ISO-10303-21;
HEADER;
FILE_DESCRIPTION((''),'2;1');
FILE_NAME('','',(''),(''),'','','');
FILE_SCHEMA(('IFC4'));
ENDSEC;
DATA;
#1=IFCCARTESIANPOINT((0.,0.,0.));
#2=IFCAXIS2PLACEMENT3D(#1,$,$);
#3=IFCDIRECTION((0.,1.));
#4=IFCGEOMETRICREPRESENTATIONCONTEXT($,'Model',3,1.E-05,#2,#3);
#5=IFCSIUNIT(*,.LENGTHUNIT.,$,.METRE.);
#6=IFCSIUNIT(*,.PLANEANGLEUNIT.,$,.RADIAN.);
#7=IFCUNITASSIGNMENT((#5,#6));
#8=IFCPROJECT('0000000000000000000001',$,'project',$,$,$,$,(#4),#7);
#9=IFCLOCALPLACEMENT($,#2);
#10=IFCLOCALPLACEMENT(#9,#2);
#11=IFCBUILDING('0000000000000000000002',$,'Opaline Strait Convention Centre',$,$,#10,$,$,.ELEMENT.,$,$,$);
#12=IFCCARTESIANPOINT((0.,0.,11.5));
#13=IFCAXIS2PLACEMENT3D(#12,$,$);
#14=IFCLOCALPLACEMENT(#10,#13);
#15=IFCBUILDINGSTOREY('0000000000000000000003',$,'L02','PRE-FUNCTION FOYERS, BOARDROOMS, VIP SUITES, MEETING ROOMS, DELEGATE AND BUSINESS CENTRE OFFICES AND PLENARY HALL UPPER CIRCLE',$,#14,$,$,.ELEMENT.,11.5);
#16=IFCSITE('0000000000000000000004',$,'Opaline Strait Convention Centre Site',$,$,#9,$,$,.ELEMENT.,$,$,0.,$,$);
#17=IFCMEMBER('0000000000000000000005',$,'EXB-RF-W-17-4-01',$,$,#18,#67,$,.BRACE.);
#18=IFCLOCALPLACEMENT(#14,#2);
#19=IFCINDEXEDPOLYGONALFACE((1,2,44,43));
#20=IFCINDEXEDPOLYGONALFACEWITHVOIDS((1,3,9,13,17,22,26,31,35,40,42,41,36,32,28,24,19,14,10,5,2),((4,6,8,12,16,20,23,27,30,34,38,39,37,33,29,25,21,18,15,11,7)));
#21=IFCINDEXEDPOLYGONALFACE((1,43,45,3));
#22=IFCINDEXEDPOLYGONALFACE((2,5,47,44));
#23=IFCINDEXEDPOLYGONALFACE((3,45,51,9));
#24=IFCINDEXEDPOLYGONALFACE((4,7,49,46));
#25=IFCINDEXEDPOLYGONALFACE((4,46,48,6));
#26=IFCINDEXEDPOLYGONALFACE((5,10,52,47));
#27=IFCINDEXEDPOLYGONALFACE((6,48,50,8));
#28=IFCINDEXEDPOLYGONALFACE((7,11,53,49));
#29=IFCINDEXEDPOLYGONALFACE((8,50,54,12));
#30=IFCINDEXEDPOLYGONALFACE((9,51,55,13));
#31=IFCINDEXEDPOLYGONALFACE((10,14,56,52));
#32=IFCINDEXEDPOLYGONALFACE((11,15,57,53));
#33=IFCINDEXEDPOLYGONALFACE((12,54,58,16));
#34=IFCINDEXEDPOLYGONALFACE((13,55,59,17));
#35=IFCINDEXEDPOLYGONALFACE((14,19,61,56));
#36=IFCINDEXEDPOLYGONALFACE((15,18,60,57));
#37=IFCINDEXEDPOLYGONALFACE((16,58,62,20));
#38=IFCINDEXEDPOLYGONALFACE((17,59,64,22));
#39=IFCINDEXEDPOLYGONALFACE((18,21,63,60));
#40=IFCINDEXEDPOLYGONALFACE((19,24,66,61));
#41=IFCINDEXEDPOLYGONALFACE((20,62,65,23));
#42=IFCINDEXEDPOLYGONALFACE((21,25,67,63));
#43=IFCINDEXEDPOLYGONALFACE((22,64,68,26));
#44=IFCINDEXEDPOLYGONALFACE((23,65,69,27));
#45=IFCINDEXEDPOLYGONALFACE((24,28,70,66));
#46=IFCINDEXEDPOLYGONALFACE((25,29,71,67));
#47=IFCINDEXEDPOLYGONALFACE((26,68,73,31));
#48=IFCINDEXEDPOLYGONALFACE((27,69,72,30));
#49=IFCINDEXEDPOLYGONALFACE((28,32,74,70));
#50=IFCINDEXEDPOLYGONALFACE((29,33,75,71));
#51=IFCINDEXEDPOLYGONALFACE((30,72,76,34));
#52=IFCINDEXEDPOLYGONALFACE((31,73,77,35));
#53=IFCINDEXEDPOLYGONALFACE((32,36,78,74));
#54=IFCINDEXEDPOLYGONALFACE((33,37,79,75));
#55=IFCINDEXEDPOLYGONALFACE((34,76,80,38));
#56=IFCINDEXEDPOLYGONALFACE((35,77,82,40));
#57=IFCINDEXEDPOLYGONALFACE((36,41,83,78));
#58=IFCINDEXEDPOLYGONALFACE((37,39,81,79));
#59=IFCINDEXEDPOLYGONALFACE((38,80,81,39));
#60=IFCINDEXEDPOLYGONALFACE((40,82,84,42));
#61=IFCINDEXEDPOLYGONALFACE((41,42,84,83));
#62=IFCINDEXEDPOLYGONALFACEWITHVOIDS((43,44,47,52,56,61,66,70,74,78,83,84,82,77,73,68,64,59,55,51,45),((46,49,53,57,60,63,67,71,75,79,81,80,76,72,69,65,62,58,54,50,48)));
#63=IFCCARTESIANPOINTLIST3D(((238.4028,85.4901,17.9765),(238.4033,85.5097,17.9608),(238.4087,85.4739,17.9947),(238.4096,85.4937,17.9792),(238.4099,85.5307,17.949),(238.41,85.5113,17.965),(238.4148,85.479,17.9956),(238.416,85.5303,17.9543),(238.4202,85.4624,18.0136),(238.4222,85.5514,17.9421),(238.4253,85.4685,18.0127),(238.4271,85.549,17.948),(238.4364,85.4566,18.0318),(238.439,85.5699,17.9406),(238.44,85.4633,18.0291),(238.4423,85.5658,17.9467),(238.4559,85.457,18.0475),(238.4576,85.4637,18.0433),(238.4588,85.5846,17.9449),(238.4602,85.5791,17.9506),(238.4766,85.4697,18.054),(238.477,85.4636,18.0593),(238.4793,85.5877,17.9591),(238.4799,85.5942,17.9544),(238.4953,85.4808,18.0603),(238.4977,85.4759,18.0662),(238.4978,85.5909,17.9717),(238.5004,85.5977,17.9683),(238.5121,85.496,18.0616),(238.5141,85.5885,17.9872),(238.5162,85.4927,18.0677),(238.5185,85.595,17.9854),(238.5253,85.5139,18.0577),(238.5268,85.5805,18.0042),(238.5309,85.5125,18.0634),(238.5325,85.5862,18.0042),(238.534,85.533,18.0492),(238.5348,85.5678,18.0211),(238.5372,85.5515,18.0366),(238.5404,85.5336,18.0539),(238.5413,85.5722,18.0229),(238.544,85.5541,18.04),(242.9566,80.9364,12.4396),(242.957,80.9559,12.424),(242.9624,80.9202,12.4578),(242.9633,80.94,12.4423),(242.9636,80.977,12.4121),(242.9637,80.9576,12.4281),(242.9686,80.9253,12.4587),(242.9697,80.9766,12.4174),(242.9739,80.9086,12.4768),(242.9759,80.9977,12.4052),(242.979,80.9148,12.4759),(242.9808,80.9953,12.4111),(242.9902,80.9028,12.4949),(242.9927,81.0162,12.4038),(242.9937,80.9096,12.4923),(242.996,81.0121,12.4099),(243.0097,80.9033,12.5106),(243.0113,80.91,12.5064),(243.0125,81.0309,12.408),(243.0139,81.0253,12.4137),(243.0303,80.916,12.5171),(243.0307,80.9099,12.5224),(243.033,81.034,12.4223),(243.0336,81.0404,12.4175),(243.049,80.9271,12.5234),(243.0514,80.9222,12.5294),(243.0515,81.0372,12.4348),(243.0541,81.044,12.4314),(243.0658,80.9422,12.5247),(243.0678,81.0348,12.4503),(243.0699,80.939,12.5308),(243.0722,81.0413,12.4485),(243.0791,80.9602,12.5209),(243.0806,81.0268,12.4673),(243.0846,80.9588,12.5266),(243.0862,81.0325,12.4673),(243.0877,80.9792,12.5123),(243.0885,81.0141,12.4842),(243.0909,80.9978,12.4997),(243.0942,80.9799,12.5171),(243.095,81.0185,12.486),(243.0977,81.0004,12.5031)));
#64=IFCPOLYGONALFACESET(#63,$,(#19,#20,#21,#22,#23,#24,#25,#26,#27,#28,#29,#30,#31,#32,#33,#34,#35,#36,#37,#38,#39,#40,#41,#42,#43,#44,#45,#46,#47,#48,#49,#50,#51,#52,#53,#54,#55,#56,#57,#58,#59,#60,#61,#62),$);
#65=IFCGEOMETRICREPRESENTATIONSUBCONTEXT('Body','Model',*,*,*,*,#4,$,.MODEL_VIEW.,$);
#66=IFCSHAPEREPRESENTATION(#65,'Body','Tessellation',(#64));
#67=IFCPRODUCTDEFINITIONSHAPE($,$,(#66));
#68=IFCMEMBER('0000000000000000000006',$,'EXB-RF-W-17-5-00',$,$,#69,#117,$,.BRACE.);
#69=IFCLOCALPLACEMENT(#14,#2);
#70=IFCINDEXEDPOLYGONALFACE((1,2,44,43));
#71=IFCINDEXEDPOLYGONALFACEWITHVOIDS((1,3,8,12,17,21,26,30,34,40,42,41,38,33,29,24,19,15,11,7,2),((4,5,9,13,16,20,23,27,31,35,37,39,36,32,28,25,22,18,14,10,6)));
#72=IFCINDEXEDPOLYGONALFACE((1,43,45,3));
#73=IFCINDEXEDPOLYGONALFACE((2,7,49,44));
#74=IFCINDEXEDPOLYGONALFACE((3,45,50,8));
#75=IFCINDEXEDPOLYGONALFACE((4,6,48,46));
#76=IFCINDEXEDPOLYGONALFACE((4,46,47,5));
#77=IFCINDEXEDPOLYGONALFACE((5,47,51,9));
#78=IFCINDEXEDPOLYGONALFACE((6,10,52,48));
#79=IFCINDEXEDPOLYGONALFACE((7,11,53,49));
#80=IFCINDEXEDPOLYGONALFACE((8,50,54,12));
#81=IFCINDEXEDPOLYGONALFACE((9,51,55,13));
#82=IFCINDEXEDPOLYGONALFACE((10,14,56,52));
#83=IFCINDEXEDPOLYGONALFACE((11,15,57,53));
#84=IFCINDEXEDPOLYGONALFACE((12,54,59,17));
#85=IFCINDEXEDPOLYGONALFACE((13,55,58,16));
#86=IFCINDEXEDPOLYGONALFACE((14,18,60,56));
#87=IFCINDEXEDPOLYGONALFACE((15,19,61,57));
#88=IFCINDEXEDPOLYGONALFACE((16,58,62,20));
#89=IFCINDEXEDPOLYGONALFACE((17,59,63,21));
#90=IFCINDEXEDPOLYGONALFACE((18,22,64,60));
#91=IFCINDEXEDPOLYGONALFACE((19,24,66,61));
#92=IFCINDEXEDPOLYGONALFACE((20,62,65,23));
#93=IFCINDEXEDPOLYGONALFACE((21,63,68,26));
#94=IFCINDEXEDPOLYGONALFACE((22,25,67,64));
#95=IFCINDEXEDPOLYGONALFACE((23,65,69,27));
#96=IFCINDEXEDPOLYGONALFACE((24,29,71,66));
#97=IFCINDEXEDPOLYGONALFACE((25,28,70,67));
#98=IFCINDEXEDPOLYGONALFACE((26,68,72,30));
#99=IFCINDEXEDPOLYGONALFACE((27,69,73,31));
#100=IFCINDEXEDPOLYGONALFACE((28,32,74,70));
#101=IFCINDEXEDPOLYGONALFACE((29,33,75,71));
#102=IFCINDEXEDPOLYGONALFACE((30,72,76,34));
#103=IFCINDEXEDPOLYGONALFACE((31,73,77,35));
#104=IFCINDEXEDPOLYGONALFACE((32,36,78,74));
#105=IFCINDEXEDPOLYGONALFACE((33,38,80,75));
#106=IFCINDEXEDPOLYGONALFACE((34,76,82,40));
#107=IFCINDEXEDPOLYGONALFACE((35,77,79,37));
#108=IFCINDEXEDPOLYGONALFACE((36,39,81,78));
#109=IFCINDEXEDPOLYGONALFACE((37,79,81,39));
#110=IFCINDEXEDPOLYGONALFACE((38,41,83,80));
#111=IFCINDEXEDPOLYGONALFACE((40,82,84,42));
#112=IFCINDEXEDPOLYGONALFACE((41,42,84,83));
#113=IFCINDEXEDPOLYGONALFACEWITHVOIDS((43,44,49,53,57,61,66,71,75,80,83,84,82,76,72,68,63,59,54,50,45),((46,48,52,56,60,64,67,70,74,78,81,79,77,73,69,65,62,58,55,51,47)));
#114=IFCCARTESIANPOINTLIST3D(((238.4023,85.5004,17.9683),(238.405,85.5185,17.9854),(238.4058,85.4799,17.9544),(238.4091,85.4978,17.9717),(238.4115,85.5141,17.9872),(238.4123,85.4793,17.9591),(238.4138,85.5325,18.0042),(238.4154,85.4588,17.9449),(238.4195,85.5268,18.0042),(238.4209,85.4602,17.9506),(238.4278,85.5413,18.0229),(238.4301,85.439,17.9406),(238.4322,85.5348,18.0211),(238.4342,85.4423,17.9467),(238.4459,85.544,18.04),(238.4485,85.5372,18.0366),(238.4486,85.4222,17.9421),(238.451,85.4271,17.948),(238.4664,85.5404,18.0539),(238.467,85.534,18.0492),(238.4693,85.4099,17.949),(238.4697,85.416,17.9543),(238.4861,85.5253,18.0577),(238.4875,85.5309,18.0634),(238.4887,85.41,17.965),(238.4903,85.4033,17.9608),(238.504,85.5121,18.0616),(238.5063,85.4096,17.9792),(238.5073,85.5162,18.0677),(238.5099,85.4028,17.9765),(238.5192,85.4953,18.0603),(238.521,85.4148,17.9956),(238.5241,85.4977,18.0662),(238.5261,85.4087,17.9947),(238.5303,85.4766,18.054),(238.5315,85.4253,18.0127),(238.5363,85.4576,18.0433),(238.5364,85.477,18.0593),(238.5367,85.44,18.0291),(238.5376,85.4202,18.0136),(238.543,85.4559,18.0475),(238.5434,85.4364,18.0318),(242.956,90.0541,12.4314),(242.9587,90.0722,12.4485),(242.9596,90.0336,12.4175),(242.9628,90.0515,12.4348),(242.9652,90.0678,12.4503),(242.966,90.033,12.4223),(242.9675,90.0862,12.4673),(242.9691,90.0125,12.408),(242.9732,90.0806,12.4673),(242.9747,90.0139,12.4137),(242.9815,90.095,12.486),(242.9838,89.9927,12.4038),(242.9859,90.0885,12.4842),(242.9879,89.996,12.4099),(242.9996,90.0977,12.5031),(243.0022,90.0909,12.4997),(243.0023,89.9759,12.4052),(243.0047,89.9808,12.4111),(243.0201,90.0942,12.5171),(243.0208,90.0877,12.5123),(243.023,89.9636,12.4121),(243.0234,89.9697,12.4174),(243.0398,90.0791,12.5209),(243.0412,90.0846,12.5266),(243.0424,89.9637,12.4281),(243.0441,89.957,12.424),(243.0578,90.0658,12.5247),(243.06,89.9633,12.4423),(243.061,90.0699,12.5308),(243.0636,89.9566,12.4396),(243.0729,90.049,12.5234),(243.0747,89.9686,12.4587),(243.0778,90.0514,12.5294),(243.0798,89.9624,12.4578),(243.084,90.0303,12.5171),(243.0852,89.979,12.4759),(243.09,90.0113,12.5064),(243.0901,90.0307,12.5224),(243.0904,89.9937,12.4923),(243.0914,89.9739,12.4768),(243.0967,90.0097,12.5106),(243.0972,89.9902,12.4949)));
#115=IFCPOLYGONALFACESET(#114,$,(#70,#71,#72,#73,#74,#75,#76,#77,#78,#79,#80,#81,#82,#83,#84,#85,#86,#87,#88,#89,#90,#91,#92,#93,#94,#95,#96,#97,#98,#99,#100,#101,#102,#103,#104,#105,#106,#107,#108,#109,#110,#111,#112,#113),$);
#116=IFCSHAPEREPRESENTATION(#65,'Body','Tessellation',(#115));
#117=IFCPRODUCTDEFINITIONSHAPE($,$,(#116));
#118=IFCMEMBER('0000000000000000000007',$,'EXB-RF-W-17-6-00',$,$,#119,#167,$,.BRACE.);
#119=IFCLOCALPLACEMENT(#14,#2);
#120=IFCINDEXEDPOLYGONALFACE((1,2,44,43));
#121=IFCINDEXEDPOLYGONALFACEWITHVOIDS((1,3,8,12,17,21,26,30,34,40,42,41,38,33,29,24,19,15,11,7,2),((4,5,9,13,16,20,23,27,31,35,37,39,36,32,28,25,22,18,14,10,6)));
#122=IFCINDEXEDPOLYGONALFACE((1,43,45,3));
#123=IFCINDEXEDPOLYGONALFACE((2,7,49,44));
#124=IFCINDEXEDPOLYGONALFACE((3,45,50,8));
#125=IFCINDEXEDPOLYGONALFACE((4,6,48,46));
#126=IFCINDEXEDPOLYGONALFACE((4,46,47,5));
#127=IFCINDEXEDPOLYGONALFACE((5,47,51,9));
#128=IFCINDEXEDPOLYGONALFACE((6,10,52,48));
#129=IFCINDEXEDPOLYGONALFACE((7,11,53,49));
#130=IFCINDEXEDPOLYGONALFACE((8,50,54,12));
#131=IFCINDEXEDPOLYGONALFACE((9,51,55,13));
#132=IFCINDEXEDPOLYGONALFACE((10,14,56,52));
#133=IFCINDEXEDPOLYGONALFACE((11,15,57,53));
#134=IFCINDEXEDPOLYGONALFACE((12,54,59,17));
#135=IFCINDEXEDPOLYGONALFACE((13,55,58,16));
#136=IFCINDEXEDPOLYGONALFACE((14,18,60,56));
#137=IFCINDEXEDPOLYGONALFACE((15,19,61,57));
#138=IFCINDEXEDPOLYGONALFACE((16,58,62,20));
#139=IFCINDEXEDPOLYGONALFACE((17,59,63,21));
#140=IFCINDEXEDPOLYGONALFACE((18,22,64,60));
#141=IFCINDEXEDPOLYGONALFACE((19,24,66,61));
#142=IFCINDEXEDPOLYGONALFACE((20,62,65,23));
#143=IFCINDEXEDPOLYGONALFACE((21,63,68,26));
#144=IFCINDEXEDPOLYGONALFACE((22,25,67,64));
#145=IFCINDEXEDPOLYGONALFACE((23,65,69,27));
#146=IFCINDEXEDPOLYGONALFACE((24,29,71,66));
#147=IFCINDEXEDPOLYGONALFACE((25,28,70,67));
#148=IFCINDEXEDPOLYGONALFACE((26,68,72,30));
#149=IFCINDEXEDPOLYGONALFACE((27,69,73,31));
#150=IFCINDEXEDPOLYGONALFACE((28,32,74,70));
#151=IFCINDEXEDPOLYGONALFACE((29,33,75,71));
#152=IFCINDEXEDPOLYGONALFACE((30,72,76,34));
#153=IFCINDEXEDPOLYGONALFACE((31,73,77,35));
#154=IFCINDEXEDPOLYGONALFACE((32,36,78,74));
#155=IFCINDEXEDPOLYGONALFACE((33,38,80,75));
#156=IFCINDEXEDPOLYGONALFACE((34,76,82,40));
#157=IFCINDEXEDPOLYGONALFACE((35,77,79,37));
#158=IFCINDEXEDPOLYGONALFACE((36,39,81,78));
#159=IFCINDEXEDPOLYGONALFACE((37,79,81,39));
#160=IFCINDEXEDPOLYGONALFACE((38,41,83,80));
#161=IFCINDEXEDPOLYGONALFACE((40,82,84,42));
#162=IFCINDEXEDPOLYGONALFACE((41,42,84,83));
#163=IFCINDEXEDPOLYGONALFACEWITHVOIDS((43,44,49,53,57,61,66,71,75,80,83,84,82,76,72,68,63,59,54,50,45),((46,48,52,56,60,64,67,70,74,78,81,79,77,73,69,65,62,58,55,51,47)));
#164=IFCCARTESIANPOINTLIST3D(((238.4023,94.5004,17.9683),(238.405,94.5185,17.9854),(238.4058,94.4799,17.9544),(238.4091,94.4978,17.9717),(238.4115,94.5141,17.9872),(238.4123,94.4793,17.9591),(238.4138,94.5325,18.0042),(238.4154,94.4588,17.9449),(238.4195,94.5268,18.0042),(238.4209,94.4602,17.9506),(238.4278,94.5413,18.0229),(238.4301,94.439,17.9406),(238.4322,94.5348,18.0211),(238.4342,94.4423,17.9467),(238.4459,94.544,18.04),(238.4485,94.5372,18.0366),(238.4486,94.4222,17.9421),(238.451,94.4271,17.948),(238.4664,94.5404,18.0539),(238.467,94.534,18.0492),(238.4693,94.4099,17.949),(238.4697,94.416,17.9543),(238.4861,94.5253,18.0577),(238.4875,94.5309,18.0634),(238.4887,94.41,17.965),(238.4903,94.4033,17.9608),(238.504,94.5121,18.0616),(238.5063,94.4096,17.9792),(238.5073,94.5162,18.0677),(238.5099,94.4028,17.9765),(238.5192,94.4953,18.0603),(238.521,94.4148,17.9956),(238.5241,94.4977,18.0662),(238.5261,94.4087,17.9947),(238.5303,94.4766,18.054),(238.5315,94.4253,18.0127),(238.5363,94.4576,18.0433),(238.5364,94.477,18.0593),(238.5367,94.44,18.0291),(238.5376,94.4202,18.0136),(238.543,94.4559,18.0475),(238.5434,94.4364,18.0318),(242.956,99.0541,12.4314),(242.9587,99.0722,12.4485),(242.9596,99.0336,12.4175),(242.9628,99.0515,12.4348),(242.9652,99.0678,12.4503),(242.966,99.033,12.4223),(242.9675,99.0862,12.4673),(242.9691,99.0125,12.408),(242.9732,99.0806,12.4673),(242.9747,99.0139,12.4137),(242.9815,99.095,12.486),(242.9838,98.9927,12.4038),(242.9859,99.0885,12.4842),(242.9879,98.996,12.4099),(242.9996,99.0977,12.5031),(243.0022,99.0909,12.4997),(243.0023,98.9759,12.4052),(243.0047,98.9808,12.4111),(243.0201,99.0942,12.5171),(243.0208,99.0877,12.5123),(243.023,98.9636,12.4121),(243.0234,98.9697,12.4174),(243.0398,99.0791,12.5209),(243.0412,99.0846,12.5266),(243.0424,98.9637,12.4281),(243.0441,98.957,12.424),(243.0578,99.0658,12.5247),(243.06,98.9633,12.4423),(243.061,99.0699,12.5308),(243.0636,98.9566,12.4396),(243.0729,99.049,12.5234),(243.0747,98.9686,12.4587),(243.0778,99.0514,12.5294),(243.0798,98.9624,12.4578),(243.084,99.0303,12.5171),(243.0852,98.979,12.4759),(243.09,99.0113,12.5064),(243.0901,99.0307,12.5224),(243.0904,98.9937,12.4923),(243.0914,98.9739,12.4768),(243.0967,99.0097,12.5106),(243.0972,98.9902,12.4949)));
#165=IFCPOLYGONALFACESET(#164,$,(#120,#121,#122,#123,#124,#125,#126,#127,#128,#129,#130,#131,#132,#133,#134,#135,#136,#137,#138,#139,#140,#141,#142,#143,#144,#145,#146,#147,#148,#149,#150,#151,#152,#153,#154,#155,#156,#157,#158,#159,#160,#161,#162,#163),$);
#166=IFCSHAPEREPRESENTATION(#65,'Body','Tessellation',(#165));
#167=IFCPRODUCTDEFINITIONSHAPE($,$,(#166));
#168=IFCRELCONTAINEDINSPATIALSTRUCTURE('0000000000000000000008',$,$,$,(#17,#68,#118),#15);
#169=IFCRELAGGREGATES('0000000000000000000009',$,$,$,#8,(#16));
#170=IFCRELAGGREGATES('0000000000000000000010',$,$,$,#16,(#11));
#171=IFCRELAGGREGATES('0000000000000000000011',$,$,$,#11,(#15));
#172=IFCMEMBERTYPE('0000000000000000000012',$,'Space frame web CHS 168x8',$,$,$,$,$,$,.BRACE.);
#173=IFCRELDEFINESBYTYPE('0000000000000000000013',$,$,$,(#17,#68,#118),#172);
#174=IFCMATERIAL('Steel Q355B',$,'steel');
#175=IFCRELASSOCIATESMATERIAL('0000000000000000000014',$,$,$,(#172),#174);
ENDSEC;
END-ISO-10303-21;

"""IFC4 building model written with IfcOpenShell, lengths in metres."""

from ifc_helpers import new_model, si_unit, direction, frame, origin, origin_2d, place, context, subcontext, project, spatial, hollow_circle, extrude, material, material_profile, profile_set, type_object, element, save


model = new_model("IFC4")

# Units and contexts
model_context = context("Model", 3, precision=1e-05, world=origin(), true_north=direction((0.0, 1.0)))
body_context = subcontext(model_context, "Body", "Model", "MODEL_VIEW")
ifc_project = project(units=[si_unit("LENGTHUNIT", "METRE"), si_unit("PLANEANGLEUNIT", "RADIAN")], contexts=[model_context])

# Site, building, storey
site_placement = place(None, origin())
site = spatial("IfcSite", under=ifc_project, at=site_placement, Name="Opaline Strait Convention Centre Site", CompositionType="ELEMENT", RefElevation=0.0)
building_placement = place(site_placement, origin())
building = spatial("IfcBuilding", under=site, at=building_placement, Name="Opaline Strait Convention Centre", CompositionType="ELEMENT")
storey_placement = place(building_placement, frame((0.0, 0.0, 11.5)))
storey = spatial("IfcBuildingStorey", under=building, at=storey_placement, Name="L02", Description="PRE-FUNCTION FOYERS, BOARDROOMS, VIP SUITES, MEETING ROOMS, DELEGATE AND BUSINESS CENTRE OFFICES AND PLENARY HALL UPPER CIRCLE", CompositionType="ELEMENT", Elevation=11.5)

# Members
ifc_material = material(Name="Steel Q355B", Category="steel")
ifc_material_profile_1 = material_profile(ifc_material, hollow_circle(Radius=0.084, WallThickness=0.0081, at=origin_2d()), Name="CHS 168x8")
ifc_profile_set_1 = profile_set([ifc_material_profile_1], Name="Steel Q355B")
member_type_1 = type_object("IfcMemberType", Name="Space frame web CHS 168x8", PredefinedType="BRACE", material=ifc_profile_set_1)
for number, where, z_axis, x_axis, name in (
    (1, (238.4731, 85.5269, 18.0042), (0.536178, -0.536178, -0.65194), (0.707107, 0.707107, 0.0), "EXB-RF-W-17-4-01"),
    (2, (238.4731, 85.4731, 18.0042), (0.536178, 0.536178, -0.65194), (-0.707107, 0.707107, 0.0), "EXB-RF-W-17-5-00"),
    (3, (238.4731, 94.4731, 18.0042), (0.536178, 0.536178, -0.65194), (-0.707107, 0.707107, 0.0), "EXB-RF-W-17-6-00"),
):
    element("IfcMember", number, at=place(storey_placement, frame(where, z_axis=z_axis, x_axis=x_axis)), inside=storey, type_object=member_type_1, Name=name, PredefinedType="BRACE", context=body_context, shape_type="SweptSolid", body=[
        extrude(hollow_circle(Radius=0.084, WallThickness=0.0081, at=origin_2d()), origin(), (0.0, 0.0, 1.0), 8.4929),
    ])

save(model, "model.ifc")
